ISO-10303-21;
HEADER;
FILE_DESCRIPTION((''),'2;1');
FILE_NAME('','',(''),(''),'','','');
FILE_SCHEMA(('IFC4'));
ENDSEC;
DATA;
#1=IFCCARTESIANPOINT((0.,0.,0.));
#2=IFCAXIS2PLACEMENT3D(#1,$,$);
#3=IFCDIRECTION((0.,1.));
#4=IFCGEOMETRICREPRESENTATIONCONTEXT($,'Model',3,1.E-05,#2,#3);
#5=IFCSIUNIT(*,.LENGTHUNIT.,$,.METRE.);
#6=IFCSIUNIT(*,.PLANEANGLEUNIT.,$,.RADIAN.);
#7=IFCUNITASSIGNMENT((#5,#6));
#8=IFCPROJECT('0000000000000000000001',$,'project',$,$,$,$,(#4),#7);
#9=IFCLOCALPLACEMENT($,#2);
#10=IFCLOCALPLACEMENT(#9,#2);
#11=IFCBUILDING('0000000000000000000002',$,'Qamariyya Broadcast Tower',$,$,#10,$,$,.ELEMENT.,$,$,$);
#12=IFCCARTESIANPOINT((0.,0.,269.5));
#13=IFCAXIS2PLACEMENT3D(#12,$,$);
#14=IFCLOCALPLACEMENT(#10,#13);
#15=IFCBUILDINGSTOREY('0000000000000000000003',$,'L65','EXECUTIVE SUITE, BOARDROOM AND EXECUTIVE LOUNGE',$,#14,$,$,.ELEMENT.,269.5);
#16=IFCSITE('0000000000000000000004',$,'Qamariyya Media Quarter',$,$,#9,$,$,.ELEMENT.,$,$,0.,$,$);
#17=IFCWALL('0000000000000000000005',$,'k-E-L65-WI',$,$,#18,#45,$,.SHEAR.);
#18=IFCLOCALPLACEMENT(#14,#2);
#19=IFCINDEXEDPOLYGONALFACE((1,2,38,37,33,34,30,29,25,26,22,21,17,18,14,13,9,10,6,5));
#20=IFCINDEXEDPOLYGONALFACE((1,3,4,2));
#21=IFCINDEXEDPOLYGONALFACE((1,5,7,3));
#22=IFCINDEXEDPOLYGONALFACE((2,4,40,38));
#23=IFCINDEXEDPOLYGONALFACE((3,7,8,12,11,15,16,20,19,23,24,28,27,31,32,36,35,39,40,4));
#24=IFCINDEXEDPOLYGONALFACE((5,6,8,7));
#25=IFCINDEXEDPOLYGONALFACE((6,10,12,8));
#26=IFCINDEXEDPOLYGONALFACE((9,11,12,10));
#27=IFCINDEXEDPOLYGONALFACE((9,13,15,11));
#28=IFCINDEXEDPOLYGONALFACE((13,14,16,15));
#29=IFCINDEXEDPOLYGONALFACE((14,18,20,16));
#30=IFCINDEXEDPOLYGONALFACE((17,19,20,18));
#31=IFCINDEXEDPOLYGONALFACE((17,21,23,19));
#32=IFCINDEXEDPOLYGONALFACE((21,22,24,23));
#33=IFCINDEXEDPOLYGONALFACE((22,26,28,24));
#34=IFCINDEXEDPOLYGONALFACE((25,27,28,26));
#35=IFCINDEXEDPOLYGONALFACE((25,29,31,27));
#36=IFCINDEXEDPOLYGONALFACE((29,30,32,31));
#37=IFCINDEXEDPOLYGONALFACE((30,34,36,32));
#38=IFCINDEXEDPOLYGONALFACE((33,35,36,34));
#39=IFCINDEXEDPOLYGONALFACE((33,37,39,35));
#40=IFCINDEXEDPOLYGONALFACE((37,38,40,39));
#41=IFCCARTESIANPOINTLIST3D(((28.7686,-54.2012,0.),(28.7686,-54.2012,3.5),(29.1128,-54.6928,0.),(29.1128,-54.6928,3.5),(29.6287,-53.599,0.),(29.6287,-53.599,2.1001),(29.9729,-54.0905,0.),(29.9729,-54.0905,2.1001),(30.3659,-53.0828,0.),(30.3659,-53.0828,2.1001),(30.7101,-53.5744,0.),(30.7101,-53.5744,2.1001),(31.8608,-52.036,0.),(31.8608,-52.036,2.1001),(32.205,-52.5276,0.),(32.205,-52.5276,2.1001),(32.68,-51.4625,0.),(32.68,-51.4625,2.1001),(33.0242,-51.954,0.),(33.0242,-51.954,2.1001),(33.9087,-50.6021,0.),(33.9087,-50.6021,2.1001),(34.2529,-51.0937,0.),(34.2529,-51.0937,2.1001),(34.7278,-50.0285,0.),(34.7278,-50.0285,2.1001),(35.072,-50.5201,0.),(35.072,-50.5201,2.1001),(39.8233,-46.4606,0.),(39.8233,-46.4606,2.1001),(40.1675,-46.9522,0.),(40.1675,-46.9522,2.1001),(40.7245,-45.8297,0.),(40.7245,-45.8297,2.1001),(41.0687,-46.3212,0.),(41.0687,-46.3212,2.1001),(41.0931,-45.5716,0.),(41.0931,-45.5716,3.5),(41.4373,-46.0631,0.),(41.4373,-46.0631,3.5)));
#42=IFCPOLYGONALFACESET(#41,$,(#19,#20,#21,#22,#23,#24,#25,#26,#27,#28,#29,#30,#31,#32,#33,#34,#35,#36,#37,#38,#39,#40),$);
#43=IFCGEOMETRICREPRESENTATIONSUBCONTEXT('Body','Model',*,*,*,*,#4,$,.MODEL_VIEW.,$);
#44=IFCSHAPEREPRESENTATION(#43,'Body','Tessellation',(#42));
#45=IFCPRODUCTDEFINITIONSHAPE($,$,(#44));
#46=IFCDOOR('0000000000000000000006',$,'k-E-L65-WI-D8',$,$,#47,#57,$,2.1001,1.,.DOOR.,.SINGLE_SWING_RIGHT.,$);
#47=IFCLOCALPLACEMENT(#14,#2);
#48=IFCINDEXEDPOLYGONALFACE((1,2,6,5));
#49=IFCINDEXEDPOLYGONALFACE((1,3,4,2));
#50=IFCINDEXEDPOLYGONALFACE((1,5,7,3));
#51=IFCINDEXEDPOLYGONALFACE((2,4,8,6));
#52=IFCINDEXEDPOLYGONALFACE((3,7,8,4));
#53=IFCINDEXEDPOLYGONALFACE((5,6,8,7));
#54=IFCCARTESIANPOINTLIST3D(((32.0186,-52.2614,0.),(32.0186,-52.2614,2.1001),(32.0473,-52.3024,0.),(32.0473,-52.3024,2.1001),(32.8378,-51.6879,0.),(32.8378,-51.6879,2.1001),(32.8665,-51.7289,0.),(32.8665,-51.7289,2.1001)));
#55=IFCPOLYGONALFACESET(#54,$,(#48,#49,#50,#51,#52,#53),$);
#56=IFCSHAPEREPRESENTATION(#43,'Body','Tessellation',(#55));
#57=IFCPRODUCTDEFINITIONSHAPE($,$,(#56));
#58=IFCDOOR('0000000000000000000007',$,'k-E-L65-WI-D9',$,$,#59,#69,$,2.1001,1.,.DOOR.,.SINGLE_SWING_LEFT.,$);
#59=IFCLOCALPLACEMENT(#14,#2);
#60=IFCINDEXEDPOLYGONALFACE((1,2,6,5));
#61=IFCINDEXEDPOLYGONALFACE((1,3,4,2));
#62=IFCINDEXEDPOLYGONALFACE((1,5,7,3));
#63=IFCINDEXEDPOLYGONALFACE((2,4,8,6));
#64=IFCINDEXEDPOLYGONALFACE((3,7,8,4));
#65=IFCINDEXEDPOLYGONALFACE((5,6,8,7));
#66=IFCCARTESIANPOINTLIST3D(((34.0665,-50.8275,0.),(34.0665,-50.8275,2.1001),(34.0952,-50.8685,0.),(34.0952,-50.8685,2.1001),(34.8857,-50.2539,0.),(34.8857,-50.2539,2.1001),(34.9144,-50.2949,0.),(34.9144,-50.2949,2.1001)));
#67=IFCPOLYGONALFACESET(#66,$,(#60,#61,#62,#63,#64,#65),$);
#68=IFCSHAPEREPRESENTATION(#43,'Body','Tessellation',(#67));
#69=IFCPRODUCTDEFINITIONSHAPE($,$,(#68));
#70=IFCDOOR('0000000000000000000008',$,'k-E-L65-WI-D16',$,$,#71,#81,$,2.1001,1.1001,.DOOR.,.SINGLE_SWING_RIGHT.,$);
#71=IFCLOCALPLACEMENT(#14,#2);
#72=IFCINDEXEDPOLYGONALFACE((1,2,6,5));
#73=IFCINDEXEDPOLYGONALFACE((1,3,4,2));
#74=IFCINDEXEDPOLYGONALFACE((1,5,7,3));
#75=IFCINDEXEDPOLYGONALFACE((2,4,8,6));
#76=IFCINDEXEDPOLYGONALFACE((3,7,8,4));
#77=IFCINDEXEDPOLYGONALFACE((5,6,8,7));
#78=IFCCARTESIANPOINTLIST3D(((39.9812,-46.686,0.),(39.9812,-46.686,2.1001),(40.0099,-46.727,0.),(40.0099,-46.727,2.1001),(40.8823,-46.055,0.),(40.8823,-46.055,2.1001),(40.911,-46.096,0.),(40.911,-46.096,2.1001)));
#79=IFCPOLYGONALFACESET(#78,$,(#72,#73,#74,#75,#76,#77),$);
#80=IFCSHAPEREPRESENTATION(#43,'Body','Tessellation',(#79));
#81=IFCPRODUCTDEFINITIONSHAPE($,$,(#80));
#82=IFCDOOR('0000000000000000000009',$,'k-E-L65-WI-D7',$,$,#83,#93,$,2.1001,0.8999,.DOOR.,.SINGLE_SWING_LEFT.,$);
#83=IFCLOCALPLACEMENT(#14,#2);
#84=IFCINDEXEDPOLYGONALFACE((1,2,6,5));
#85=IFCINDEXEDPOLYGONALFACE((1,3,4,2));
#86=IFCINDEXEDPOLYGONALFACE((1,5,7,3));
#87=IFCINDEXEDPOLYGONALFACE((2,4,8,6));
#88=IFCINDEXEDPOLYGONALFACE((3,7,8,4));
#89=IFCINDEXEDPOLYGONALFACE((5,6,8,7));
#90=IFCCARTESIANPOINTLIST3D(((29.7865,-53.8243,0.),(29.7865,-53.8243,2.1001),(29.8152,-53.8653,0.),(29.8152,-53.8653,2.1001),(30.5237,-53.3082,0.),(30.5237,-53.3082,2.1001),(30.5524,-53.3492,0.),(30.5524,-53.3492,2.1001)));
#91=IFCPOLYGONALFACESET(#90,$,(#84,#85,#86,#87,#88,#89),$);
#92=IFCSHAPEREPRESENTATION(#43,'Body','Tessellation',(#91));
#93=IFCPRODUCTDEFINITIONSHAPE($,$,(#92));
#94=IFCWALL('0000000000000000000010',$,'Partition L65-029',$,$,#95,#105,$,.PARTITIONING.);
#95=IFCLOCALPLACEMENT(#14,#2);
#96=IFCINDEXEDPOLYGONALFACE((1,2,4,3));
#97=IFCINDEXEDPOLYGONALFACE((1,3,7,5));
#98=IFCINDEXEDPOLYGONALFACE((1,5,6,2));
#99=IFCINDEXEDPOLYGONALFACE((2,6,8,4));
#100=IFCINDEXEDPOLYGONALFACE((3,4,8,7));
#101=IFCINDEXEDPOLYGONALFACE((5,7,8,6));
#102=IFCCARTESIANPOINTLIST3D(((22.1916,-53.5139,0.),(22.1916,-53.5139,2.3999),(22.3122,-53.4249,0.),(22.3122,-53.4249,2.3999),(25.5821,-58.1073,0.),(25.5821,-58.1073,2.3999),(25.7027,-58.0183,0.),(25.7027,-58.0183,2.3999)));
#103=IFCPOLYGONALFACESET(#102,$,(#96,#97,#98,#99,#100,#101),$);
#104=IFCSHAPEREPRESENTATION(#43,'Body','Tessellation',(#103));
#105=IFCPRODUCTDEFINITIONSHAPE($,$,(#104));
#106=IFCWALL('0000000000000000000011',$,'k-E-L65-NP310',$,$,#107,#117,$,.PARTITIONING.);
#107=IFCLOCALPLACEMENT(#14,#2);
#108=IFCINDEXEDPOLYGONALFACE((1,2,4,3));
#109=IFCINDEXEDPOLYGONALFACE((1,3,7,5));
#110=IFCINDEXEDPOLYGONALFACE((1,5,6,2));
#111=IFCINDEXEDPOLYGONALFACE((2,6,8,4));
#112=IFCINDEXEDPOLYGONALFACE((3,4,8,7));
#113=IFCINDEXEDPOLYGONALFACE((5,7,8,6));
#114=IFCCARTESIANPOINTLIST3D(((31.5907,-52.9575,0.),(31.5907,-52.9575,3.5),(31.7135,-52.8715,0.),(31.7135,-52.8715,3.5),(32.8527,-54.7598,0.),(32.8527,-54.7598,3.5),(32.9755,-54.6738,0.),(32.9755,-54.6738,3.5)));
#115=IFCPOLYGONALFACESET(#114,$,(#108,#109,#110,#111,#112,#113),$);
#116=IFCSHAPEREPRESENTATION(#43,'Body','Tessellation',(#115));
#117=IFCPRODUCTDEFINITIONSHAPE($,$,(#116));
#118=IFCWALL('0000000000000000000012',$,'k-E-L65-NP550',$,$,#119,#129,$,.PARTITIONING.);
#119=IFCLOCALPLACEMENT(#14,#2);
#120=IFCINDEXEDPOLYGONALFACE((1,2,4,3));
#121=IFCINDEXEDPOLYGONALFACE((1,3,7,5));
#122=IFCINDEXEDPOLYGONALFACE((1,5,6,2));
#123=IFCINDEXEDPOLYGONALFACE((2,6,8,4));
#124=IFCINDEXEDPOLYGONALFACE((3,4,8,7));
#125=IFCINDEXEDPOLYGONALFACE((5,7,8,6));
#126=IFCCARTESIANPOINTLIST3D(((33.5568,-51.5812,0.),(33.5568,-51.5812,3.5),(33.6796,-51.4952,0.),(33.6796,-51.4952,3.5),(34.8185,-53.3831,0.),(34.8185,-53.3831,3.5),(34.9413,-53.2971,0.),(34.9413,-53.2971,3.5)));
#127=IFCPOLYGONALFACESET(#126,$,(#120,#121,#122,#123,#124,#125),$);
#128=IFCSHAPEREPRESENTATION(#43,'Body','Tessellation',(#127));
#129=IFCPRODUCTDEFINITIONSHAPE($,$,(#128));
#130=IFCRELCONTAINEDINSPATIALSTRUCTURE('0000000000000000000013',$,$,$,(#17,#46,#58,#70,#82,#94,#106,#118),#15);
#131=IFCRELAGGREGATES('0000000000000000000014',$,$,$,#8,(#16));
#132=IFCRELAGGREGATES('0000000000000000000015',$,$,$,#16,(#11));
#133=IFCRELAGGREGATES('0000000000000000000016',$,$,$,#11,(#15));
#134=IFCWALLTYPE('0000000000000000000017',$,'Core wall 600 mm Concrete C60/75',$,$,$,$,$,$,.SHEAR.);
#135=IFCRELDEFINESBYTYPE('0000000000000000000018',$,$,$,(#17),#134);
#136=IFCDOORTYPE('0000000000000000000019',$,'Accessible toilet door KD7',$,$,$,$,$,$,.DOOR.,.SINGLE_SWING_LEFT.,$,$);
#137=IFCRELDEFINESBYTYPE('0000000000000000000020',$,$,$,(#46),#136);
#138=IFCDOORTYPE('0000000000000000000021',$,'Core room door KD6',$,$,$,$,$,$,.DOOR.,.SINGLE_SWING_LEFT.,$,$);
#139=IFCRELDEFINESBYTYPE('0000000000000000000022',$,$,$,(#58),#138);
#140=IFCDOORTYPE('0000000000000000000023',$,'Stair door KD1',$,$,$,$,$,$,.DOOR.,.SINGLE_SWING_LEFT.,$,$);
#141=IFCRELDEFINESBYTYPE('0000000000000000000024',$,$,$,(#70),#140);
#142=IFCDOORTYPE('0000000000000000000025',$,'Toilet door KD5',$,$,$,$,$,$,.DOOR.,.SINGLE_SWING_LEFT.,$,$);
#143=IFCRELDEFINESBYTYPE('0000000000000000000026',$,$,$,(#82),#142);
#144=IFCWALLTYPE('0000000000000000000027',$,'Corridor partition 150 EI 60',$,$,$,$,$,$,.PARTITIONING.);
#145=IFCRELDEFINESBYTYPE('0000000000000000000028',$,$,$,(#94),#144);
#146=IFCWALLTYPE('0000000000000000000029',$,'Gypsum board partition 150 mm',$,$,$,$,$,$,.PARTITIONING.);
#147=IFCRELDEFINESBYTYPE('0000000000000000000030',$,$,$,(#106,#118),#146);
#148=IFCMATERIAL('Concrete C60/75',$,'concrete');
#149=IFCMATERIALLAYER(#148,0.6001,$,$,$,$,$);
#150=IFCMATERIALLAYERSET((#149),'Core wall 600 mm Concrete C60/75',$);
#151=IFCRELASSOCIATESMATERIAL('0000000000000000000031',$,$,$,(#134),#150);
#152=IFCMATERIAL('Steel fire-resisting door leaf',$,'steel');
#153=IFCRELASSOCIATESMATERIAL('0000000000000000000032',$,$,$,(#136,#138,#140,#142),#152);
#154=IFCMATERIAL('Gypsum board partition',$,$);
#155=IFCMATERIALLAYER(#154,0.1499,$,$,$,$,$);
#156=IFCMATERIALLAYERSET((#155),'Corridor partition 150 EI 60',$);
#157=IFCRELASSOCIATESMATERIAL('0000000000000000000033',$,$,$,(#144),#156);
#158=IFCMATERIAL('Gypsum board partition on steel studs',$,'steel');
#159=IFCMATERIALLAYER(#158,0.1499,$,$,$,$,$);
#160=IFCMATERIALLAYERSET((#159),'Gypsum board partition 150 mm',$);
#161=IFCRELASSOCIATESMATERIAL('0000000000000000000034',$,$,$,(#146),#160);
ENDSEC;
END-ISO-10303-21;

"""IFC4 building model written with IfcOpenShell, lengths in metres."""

from ifc_helpers import new_model, si_unit, direction, frame, frame_2d, origin, place, context, subcontext, project, spatial, rectangle, extrude, material, layer, layer_set, type_object, element, fill, save


model = new_model("IFC4")

# Units and contexts
model_context = context("Model", 3, precision=1e-05, world=origin(), true_north=direction((0.0, 1.0)))
body_context = subcontext(model_context, "Body", "Model", "MODEL_VIEW")
ifc_project = project(units=[si_unit("LENGTHUNIT", "METRE"), si_unit("PLANEANGLEUNIT", "RADIAN")], contexts=[model_context])

# Site, building, storey
site_placement = place(None, origin())
site = spatial("IfcSite", under=ifc_project, at=site_placement, Name="Qamariyya Media Quarter", CompositionType="ELEMENT", RefElevation=0.0)
building_placement = place(site_placement, origin())
building = spatial("IfcBuilding", under=site, at=building_placement, Name="Qamariyya Broadcast Tower", CompositionType="ELEMENT")
storey_placement = place(building_placement, frame((0.0, 0.0, 269.5)))
storey = spatial("IfcBuildingStorey", under=building, at=storey_placement, Name="L65", Description="EXECUTIVE SUITE, BOARDROOM AND EXECUTIVE LOUNGE", CompositionType="ELEMENT", Elevation=269.5)

# Wall, openings, doors
ifc_material_1 = material(Name="Concrete C60/75", Category="concrete")
ifc_layer_1 = layer(ifc_material_1, 0.6001)
ifc_layer_set_1 = layer_set([ifc_layer_1], Name="Core wall 600 mm Concrete C60/75")
wall_type_1 = type_object("IfcWallType", Name="Core wall 600 mm Concrete C60/75", PredefinedType="SHEAR", material=ifc_layer_set_1)
wall_1_placement = place(storey_placement, frame((28.9407, -54.447, 0.0), z_axis=(0.0, 0.0, 1.0), x_axis=(0.819153, 0.573575, 0.0)))
wall_1 = element("IfcWall", 1, at=wall_1_placement, inside=storey, type_object=wall_type_1, Name="k-E-L65-WI", PredefinedType="SHEAR", context=body_context, shape_type="SweptSolid", body=[
    extrude(rectangle(XDim=15.0454, YDim=0.6001, at=frame_2d((7.5227, 0.0))), origin(), (0.0, 0.0, 1.0), 3.5),
])
opening_1_placement = place(wall_1_placement, frame((1.05, 0.0, 0.0)))
opening_1 = element("IfcOpeningElement", 2, at=opening_1_placement, cuts=wall_1, PredefinedType="OPENING", context=body_context, shape_type="SweptSolid", body=[
    extrude(rectangle(XDim=0.8999, YDim=2.1001, at=frame_2d((0.45, 1.05))), frame((0.0, 0.3101, 0.0), z_axis=(0.0, -1.0, 0.0), x_axis=(1.0, 0.0, 0.0)), (0.0, 0.0, 1.0), 0.6201),
])
opening_2_placement = place(wall_1_placement, frame((3.7749, 0.0, 0.0)))
opening_2 = element("IfcOpeningElement", 3, at=opening_2_placement, cuts=wall_1, PredefinedType="OPENING", context=body_context, shape_type="SweptSolid", body=[
    extrude(rectangle(XDim=1.0, YDim=2.1001, at=frame_2d((0.5, 1.05))), frame((0.0, 0.3101, 0.0), z_axis=(0.0, -1.0, 0.0), x_axis=(1.0, 0.0, 0.0)), (0.0, 0.0, 1.0), 0.6201),
])
opening_3_placement = place(wall_1_placement, frame((6.2749, 0.0, 0.0)))
opening_3 = element("IfcOpeningElement", 4, at=opening_3_placement, cuts=wall_1, PredefinedType="OPENING", context=body_context, shape_type="SweptSolid", body=[
    extrude(rectangle(XDim=1.0, YDim=2.1001, at=frame_2d((0.5, 1.05))), frame((0.0, 0.3101, 0.0), z_axis=(0.0, -1.0, 0.0), x_axis=(1.0, 0.0, 0.0)), (0.0, 0.0, 1.0), 0.6201),
])
opening_4_placement = place(wall_1_placement, frame((13.4954, 0.0, 0.0)))
opening_4 = element("IfcOpeningElement", 5, at=opening_4_placement, cuts=wall_1, PredefinedType="OPENING", context=body_context, shape_type="SweptSolid", body=[
    extrude(rectangle(XDim=1.1001, YDim=2.1001, at=frame_2d((0.55, 1.05))), frame((0.0, 0.3101, 0.0), z_axis=(0.0, -1.0, 0.0), x_axis=(1.0, 0.0, 0.0)), (0.0, 0.0, 1.0), 0.6201),
])
ifc_material_2 = material(Name="Steel fire-resisting door leaf", Category="steel")
door_type_1 = type_object("IfcDoorType", Name="Accessible toilet door KD7", OperationType="SINGLE_SWING_LEFT", PredefinedType="DOOR", material=ifc_material_2)
door_1_placement = place(opening_2_placement, origin())
door_1 = element("IfcDoor", 6, at=door_1_placement, inside=storey, type_object=door_type_1, Name="k-E-L65-WI-D8", OperationType="SINGLE_SWING_RIGHT", OverallHeight=2.1001, OverallWidth=1.0, PredefinedType="DOOR", context=body_context, shape_type="SweptSolid", body=[
    extrude(rectangle(XDim=1.0, YDim=2.1001, at=frame_2d((0.5, 1.05))), frame((0.0, 0.0249, 0.0), z_axis=(0.0, -1.0, 0.0), x_axis=(1.0, 0.0, 0.0)), (0.0, 0.0, 1.0), 0.05),
])
fill(opening_2, door_1)
door_type_2 = type_object("IfcDoorType", Name="Core room door KD6", OperationType="SINGLE_SWING_LEFT", PredefinedType="DOOR", material=ifc_material_2)
door_2_placement = place(opening_3_placement, origin())
door_2 = element("IfcDoor", 7, at=door_2_placement, inside=storey, type_object=door_type_2, Name="k-E-L65-WI-D9", OperationType="SINGLE_SWING_LEFT", OverallHeight=2.1001, OverallWidth=1.0, PredefinedType="DOOR", context=body_context, shape_type="SweptSolid", body=[
    extrude(rectangle(XDim=1.0, YDim=2.1001, at=frame_2d((0.5, 1.05))), frame((0.0, 0.0249, 0.0), z_axis=(0.0, -1.0, 0.0), x_axis=(1.0, 0.0, 0.0)), (0.0, 0.0, 1.0), 0.05),
])
fill(opening_3, door_2)
door_type_3 = type_object("IfcDoorType", Name="Stair door KD1", OperationType="SINGLE_SWING_LEFT", PredefinedType="DOOR", material=ifc_material_2)
door_3_placement = place(opening_4_placement, origin())
door_3 = element("IfcDoor", 8, at=door_3_placement, inside=storey, type_object=door_type_3, Name="k-E-L65-WI-D16", OperationType="SINGLE_SWING_RIGHT", OverallHeight=2.1001, OverallWidth=1.1001, PredefinedType="DOOR", context=body_context, shape_type="SweptSolid", body=[
    extrude(rectangle(XDim=1.1001, YDim=2.1001, at=frame_2d((0.55, 1.05))), frame((0.0, 0.0249, 0.0), z_axis=(0.0, -1.0, 0.0), x_axis=(1.0, 0.0, 0.0)), (0.0, 0.0, 1.0), 0.05),
])
fill(opening_4, door_3)
door_type_4 = type_object("IfcDoorType", Name="Toilet door KD5", OperationType="SINGLE_SWING_LEFT", PredefinedType="DOOR", material=ifc_material_2)
door_4_placement = place(opening_1_placement, origin())
door_4 = element("IfcDoor", 9, at=door_4_placement, inside=storey, type_object=door_type_4, Name="k-E-L65-WI-D7", OperationType="SINGLE_SWING_LEFT", OverallHeight=2.1001, OverallWidth=0.8999, PredefinedType="DOOR", context=body_context, shape_type="SweptSolid", body=[
    extrude(rectangle(XDim=0.8999, YDim=2.1001, at=frame_2d((0.45, 1.05))), frame((0.0, 0.0249, 0.0), z_axis=(0.0, -1.0, 0.0), x_axis=(1.0, 0.0, 0.0)), (0.0, 0.0, 1.0), 0.05),
])
fill(opening_1, door_4)

# Walls
ifc_material_3 = material(Name="Gypsum board partition")
ifc_layer_2 = layer(ifc_material_3, 0.1499)
ifc_layer_set_2 = layer_set([ifc_layer_2], Name="Corridor partition 150 EI 60")
wall_type_2 = type_object("IfcWallType", Name="Corridor partition 150 EI 60", PredefinedType="PARTITIONING", material=ifc_layer_set_2)
wall_2_placement = place(storey_placement, frame((22.252, -53.4695, 0.0), z_axis=(0.0, 0.0, 1.0), x_axis=(0.593873, -0.804559, 0.0)))
element("IfcWall", 10, at=wall_2_placement, inside=storey, type_object=wall_type_2, Name="Partition L65-029", PredefinedType="PARTITIONING", context=body_context, shape_type="SweptSolid", body=[
    extrude(rectangle(XDim=5.7092, YDim=0.1499, at=frame_2d((2.8545, 0.0))), origin(), (0.0, 0.0, 1.0), 2.3999),
])
ifc_material_4 = material(Name="Gypsum board partition on steel studs", Category="steel")
ifc_layer_3 = layer(ifc_material_4, 0.1499)
ifc_layer_set_3 = layer_set([ifc_layer_3], Name="Gypsum board partition 150 mm")
wall_type_3 = type_object("IfcWallType", Name="Gypsum board partition 150 mm", PredefinedType="PARTITIONING", material=ifc_layer_set_3)
wall_3_placement = place(storey_placement, frame((32.9141, -54.7168, 0.0), z_axis=(0.0, 0.0, 1.0), x_axis=(-0.573581, 0.819149, 0.0)))
element("IfcWall", 11, at=wall_3_placement, inside=storey, type_object=wall_type_3, Name="k-E-L65-NP310", PredefinedType="PARTITIONING", context=body_context, shape_type="SweptSolid", body=[
    extrude(rectangle(XDim=2.2002, YDim=0.1499, at=frame_2d((1.1001, 0.0))), origin(), (0.0, 0.0, 1.0), 3.5),
])
wall_4_placement = place(storey_placement, frame((34.8799, -53.3401, 0.0), z_axis=(0.0, 0.0, 1.0), x_axis=(-0.573559, 0.819164, 0.0)))
element("IfcWall", 12, at=wall_4_placement, inside=storey, type_object=wall_type_3, Name="k-E-L65-NP550", PredefinedType="PARTITIONING", context=body_context, shape_type="SweptSolid", body=[
    extrude(rectangle(XDim=2.1997, YDim=0.1499, at=frame_2d((1.0999, 0.0))), origin(), (0.0, 0.0, 1.0), 3.5),
])

save(model, "model.ifc")
